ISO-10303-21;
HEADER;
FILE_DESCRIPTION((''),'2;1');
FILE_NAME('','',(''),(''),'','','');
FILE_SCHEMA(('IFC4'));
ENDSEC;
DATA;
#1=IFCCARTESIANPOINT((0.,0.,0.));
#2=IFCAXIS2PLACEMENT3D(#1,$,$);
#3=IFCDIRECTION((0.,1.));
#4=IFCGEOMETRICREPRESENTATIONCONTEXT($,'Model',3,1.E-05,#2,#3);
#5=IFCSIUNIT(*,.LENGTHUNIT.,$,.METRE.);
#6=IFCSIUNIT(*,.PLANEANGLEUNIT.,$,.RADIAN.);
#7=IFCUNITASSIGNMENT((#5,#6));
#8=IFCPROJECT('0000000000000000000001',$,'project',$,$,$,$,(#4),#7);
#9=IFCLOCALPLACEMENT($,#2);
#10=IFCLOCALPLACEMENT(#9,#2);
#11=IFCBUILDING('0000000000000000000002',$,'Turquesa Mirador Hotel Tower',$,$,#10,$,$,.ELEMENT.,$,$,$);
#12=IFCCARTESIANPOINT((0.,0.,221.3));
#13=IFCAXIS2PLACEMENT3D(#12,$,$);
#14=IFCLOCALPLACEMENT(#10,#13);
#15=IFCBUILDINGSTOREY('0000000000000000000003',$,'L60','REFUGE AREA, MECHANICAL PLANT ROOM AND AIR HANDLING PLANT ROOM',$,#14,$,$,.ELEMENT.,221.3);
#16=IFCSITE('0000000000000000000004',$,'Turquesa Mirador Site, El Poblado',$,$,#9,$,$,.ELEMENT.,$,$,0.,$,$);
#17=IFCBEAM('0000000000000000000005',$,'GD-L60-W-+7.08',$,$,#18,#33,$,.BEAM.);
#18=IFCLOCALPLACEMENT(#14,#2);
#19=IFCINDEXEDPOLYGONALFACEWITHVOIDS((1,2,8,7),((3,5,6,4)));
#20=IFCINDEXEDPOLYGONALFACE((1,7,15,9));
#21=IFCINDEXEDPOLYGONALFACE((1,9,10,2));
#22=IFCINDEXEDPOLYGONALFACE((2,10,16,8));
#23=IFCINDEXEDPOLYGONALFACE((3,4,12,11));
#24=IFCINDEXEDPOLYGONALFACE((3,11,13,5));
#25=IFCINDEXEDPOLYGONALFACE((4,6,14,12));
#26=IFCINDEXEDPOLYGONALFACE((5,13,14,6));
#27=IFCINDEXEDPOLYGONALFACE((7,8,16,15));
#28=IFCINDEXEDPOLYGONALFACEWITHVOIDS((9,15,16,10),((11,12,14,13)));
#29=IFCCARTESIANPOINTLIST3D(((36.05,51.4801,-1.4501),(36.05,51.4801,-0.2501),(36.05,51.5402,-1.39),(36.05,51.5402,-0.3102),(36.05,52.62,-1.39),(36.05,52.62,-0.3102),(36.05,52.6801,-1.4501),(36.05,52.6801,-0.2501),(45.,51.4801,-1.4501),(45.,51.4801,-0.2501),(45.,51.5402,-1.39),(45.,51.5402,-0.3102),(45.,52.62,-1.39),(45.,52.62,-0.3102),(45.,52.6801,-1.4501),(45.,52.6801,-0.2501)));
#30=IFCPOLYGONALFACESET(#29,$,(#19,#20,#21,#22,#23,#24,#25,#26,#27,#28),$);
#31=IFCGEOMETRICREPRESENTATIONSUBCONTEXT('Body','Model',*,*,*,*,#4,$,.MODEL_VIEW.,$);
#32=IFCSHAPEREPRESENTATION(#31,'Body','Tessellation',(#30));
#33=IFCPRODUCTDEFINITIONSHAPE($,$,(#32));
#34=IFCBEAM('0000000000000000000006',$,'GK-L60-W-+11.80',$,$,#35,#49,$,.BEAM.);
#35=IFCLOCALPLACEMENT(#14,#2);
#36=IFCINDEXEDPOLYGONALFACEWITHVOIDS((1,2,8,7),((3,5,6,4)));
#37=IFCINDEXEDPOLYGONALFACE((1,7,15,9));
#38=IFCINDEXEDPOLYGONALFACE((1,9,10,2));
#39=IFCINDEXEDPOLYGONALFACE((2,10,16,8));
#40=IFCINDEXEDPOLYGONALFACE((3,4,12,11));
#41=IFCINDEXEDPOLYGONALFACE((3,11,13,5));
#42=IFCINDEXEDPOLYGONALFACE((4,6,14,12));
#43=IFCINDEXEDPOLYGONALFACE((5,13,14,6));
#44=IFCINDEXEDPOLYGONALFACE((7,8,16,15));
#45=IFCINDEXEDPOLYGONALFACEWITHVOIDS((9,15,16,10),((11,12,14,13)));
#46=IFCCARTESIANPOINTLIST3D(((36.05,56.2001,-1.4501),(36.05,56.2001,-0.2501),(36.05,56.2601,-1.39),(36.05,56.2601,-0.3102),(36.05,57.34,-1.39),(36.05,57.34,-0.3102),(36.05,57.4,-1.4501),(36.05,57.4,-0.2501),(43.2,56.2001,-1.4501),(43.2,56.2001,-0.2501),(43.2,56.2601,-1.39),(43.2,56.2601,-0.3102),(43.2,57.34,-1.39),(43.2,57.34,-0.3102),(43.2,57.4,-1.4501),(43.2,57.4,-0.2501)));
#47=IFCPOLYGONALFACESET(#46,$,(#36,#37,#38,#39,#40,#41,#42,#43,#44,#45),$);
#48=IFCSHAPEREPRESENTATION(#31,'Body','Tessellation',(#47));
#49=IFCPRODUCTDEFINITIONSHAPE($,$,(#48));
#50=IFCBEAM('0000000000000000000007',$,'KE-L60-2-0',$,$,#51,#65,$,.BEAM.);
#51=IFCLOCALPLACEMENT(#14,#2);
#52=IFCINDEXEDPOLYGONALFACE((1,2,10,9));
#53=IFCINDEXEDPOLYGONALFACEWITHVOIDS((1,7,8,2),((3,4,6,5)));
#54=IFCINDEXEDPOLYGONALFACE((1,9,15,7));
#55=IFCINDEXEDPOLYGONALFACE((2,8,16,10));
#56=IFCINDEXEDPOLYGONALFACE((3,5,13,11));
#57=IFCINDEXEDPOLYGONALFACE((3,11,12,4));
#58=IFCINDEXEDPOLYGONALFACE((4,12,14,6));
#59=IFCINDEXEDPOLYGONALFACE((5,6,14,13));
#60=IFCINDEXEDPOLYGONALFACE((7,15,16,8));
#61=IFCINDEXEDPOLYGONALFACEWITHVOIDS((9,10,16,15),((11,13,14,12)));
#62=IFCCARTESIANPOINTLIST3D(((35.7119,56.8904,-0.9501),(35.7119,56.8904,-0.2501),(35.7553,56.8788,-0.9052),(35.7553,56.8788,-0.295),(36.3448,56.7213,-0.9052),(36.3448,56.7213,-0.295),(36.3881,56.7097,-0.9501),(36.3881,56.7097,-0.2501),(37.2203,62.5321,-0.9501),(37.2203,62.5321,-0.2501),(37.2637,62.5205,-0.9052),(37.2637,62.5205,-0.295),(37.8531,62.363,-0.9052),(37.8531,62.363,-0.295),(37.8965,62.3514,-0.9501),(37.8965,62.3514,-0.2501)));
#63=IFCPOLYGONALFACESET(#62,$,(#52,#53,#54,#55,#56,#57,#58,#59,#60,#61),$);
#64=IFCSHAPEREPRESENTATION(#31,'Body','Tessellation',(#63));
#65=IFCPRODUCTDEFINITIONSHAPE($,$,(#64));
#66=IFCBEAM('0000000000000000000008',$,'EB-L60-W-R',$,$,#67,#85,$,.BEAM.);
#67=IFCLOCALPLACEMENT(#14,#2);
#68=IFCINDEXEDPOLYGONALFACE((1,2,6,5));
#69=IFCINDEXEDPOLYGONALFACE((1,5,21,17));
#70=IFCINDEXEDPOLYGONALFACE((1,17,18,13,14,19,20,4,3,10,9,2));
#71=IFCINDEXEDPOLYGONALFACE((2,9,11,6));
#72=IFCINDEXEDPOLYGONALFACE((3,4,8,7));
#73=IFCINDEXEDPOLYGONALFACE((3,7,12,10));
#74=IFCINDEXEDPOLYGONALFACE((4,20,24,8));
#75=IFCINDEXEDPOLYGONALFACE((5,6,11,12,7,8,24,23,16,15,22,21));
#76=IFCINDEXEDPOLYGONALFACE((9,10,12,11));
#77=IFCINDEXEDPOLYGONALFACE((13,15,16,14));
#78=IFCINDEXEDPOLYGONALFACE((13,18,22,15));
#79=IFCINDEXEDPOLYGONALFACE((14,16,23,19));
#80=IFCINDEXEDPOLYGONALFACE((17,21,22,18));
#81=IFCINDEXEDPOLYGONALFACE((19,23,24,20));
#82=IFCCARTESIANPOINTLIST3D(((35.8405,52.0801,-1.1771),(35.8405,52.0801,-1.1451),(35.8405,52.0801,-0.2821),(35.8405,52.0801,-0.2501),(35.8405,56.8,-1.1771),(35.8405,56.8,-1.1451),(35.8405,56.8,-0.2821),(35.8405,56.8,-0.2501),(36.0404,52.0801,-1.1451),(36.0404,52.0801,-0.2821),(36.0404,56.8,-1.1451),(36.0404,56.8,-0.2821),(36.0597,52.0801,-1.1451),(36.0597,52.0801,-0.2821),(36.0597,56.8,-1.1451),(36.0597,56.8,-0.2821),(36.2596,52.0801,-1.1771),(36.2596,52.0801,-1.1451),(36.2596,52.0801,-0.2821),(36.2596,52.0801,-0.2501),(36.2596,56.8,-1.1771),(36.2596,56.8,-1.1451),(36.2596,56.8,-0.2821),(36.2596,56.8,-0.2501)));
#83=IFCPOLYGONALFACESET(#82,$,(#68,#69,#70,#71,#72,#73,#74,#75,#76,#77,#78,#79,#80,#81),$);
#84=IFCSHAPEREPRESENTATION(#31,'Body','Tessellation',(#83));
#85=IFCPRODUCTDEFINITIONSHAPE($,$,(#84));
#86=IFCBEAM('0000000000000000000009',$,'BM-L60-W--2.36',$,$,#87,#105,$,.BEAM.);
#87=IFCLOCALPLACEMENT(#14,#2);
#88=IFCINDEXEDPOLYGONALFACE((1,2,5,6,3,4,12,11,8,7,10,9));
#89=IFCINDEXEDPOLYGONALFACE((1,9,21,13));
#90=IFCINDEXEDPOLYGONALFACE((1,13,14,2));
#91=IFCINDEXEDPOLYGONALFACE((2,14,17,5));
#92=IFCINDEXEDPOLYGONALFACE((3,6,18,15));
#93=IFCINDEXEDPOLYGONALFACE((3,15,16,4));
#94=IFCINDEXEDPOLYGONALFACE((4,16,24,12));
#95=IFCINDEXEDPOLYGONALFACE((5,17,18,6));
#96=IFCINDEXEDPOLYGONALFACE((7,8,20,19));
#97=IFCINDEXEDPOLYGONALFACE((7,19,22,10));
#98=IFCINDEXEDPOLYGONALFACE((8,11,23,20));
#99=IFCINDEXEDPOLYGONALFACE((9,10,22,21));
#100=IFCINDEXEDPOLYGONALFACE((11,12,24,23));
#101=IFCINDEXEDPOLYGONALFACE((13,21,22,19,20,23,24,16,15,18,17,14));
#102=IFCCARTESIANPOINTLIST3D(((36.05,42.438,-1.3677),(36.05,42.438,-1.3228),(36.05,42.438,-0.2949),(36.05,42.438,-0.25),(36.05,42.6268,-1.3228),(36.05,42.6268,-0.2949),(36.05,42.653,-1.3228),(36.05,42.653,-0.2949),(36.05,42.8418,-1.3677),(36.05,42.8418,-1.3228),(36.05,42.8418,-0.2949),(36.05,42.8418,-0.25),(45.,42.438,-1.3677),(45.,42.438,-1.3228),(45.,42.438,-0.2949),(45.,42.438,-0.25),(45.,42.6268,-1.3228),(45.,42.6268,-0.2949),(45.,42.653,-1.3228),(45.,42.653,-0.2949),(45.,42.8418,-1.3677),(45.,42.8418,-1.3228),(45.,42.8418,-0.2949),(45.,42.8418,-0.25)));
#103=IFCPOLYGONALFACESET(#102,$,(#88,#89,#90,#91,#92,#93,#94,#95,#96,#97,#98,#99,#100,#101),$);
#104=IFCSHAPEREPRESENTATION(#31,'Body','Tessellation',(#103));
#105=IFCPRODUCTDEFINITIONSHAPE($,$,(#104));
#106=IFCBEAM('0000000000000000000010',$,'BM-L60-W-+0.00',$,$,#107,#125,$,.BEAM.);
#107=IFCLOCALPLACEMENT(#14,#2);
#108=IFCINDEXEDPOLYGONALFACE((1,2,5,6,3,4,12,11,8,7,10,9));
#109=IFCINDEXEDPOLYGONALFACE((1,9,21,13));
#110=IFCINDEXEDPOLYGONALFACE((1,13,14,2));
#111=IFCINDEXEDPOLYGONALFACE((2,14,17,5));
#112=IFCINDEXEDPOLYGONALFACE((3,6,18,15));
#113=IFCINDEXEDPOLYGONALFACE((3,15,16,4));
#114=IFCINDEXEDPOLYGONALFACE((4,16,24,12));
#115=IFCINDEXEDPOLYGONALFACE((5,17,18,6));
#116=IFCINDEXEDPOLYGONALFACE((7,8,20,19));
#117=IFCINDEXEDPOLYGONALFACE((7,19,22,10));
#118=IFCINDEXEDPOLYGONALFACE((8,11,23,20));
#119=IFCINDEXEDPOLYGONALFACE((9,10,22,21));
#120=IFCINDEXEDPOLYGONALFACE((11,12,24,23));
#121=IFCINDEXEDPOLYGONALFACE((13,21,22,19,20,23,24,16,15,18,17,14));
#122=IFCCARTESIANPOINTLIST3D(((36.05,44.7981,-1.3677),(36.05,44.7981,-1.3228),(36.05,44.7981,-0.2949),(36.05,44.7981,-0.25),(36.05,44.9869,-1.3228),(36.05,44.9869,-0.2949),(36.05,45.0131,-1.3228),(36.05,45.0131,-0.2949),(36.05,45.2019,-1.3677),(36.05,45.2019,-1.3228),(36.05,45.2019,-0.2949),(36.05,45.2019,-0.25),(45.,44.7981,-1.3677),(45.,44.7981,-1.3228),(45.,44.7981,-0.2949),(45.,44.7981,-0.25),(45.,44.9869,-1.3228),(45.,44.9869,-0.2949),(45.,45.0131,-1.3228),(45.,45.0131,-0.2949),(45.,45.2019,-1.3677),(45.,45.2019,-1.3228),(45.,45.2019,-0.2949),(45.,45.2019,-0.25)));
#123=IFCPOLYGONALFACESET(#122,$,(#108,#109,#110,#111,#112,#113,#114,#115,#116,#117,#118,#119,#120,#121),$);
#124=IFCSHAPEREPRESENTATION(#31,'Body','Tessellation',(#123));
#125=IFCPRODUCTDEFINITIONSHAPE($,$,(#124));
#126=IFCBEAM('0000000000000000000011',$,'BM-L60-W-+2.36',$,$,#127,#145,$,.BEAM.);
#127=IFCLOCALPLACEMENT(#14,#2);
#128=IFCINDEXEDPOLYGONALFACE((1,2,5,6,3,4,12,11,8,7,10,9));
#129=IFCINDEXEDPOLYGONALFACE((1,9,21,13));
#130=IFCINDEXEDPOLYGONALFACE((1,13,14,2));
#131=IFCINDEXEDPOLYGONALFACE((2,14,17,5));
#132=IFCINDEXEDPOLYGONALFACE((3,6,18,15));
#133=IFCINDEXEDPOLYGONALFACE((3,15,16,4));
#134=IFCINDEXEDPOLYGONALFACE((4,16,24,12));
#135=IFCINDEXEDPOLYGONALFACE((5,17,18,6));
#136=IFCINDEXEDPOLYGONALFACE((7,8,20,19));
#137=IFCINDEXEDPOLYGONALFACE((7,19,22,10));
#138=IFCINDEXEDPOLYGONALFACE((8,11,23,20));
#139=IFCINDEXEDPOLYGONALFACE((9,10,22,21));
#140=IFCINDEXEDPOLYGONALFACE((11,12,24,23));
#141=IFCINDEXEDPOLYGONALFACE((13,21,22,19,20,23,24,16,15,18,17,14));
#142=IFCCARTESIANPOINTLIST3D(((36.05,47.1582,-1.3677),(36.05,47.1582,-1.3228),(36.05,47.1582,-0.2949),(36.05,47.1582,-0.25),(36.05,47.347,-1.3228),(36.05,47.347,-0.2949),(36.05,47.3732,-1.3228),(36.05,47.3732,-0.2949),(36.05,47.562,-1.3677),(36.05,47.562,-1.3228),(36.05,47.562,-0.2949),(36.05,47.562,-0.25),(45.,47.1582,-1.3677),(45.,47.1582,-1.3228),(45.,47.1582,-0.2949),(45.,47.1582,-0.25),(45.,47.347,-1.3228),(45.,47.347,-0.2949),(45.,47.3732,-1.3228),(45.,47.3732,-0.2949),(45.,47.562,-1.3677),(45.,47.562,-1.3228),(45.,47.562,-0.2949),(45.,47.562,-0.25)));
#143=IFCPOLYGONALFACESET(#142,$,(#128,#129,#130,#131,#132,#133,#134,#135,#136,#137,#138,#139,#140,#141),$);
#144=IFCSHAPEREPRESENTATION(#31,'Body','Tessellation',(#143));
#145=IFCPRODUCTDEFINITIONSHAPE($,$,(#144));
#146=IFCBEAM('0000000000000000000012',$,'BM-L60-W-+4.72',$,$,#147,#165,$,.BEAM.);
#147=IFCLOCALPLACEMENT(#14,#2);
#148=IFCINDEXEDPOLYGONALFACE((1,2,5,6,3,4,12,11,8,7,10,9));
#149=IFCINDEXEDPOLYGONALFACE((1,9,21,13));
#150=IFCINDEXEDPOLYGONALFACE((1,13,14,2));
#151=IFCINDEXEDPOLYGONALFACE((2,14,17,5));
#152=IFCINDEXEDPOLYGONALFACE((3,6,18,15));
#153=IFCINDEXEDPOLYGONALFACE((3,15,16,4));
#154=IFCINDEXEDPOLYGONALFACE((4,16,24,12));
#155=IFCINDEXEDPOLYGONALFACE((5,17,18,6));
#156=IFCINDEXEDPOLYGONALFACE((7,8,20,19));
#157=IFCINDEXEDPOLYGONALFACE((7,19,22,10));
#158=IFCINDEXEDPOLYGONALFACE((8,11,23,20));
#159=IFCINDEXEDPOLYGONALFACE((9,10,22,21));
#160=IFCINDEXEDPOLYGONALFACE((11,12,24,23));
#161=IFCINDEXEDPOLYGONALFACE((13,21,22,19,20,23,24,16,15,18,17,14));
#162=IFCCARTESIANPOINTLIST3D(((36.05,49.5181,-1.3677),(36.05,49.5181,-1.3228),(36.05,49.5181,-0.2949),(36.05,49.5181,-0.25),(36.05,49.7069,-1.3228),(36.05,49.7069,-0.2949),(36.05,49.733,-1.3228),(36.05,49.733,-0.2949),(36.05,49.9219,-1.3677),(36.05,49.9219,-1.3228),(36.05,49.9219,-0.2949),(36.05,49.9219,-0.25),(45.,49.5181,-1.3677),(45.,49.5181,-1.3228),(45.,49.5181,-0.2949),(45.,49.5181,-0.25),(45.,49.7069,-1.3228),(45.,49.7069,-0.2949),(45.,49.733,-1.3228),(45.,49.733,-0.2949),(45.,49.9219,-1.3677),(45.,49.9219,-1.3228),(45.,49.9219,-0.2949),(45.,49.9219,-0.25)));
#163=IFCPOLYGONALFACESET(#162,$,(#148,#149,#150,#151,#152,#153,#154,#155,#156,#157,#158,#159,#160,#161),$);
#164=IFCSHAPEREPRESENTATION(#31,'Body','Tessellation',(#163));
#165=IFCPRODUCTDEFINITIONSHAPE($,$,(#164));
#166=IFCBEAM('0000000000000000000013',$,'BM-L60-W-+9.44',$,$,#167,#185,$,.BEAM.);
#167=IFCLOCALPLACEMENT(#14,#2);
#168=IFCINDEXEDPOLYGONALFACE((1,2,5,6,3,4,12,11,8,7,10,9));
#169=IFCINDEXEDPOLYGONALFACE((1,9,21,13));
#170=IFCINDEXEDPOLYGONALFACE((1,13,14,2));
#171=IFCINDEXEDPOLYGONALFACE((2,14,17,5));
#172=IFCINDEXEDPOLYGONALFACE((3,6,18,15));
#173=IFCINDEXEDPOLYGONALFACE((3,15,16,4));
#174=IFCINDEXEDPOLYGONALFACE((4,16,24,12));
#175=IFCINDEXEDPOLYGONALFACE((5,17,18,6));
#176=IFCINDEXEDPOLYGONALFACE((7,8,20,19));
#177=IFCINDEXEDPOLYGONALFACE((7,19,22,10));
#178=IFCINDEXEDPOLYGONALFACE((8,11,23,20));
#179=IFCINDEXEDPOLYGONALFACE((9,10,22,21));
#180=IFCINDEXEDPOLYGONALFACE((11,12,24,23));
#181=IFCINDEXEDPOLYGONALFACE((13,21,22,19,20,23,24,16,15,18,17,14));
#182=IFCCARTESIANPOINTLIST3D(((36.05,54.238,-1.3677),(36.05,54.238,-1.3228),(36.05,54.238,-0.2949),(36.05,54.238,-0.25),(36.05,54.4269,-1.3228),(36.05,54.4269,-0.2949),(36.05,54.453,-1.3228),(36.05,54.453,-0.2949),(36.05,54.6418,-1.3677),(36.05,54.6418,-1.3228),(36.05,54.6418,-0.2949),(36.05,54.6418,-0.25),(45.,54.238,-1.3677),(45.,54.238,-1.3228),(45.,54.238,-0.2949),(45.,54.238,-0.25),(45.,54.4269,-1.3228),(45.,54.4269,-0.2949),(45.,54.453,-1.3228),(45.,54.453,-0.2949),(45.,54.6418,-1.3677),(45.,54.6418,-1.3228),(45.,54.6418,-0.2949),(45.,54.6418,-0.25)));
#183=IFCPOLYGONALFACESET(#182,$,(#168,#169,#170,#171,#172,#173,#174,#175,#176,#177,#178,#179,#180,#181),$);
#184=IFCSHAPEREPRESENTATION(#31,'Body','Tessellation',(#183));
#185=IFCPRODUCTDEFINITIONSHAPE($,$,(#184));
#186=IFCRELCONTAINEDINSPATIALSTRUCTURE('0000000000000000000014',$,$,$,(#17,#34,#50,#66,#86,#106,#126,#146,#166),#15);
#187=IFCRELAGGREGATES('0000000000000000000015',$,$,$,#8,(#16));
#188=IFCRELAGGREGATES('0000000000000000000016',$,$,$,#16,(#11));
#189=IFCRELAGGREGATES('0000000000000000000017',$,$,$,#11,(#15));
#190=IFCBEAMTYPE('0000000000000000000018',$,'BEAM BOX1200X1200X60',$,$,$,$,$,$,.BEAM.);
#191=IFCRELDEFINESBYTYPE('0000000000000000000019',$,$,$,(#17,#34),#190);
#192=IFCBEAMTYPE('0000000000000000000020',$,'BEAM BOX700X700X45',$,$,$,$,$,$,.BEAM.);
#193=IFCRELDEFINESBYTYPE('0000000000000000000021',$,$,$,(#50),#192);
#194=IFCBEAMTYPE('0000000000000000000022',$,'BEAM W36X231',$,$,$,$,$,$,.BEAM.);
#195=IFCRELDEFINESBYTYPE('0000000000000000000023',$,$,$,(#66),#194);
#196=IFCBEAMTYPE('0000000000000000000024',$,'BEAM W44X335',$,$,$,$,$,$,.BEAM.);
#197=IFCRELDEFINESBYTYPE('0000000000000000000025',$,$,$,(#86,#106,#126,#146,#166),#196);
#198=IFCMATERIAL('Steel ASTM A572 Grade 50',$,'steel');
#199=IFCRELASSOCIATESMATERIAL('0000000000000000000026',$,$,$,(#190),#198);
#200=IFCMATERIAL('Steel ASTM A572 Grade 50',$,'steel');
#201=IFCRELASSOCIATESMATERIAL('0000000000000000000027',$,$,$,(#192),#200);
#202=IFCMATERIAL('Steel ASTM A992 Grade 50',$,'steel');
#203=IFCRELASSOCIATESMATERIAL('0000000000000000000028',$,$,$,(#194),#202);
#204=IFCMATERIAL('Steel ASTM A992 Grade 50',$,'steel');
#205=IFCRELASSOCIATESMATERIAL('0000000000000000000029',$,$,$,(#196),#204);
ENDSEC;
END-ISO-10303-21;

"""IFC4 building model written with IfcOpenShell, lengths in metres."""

from ifc_helpers import new_model, si_unit, direction, frame, origin, origin_2d, place, context, subcontext, project, spatial, hollow_rectangle, i_section, extrude, material, material_profile, profile_set, type_object, element, save


model = new_model("IFC4")

# Units and contexts
model_context = context("Model", 3, precision=1e-05, world=origin(), true_north=direction((0.0, 1.0)))
body_context = subcontext(model_context, "Body", "Model", "MODEL_VIEW")
ifc_project = project(units=[si_unit("LENGTHUNIT", "METRE"), si_unit("PLANEANGLEUNIT", "RADIAN")], contexts=[model_context])

# Site, building, storey
site_placement = place(None, origin())
site = spatial("IfcSite", under=ifc_project, at=site_placement, Name="Turquesa Mirador Site, El Poblado", CompositionType="ELEMENT", RefElevation=0.0)
building_placement = place(site_placement, origin())
building = spatial("IfcBuilding", under=site, at=building_placement, Name="Turquesa Mirador Hotel Tower", CompositionType="ELEMENT")
storey_placement = place(building_placement, frame((0.0, 0.0, 221.3)))
storey = spatial("IfcBuildingStorey", under=building, at=storey_placement, Name="L60", Description="REFUGE AREA, MECHANICAL PLANT ROOM AND AIR HANDLING PLANT ROOM", CompositionType="ELEMENT", Elevation=221.3)

# Beams
ifc_material_1 = material(Name="Steel ASTM A572 Grade 50", Category="steel")
ifc_material_profile_1 = material_profile(ifc_material_1, hollow_rectangle(XDim=1.2, YDim=1.2, WallThickness=0.0601, at=origin_2d()), Name="BOX1200X1200X60")
ifc_profile_set_1 = profile_set([ifc_material_profile_1], Name="Steel ASTM A572 Grade 50")
beam_type_1 = type_object("IfcBeamType", Name="BEAM BOX1200X1200X60", PredefinedType="BEAM", material=ifc_profile_set_1)
beam_1_placement = place(storey_placement, frame((36.05, 52.0801, -0.8501), z_axis=(1.0, 0.0, 0.0), x_axis=(0.0, 1.0, 0.0)))
element("IfcBeam", 1, at=beam_1_placement, inside=storey, type_object=beam_type_1, Name="GD-L60-W-+7.08", PredefinedType="BEAM", context=body_context, shape_type="SweptSolid", body=[
    extrude(hollow_rectangle(XDim=1.2, YDim=1.2, WallThickness=0.0601, at=origin_2d()), origin(), (0.0, 0.0, 1.0), 8.95),
])
beam_2_placement = place(storey_placement, frame((36.05, 56.8, -0.8501), z_axis=(1.0, 0.0, 0.0), x_axis=(0.0, 1.0, 0.0)))
element("IfcBeam", 2, at=beam_2_placement, inside=storey, type_object=beam_type_1, Name="GK-L60-W-+11.80", PredefinedType="BEAM", context=body_context, shape_type="SweptSolid", body=[
    extrude(hollow_rectangle(XDim=1.2, YDim=1.2, WallThickness=0.0601, at=origin_2d()), origin(), (0.0, 0.0, 1.0), 7.1499),
])
ifc_material_2 = material(Name="Steel ASTM A572 Grade 50", Category="steel")
ifc_material_profile_2 = material_profile(ifc_material_2, hollow_rectangle(XDim=0.7, YDim=0.7, WallThickness=0.0449, at=origin_2d()), Name="BOX700X700X45")
ifc_profile_set_2 = profile_set([ifc_material_profile_2], Name="Steel ASTM A572 Grade 50")
beam_type_2 = type_object("IfcBeamType", Name="BEAM BOX700X700X45", PredefinedType="BEAM", material=ifc_profile_set_2)
beam_3_placement = place(storey_placement, frame((36.05, 56.8, -0.6001), z_axis=(0.258282, 0.96607, 0.0), x_axis=(-0.96607, 0.258282, 0.0)))
element("IfcBeam", 3, at=beam_3_placement, inside=storey, type_object=beam_type_2, Name="KE-L60-2-0", PredefinedType="BEAM", context=body_context, shape_type="SweptSolid", body=[
    extrude(hollow_rectangle(XDim=0.7, YDim=0.7, WallThickness=0.0449, at=origin_2d()), origin(), (0.0, 0.0, 1.0), 5.8398),
])
ifc_material_3 = material(Name="Steel ASTM A992 Grade 50", Category="steel")
ifc_material_profile_3 = material_profile(ifc_material_3, i_section(OverallWidth=0.4192, OverallDepth=0.927, WebThickness=0.0193, FlangeThickness=0.032, at=origin_2d()), Name="W36X231")
ifc_profile_set_3 = profile_set([ifc_material_profile_3], Name="Steel ASTM A992 Grade 50")
beam_type_3 = type_object("IfcBeamType", Name="BEAM W36X231", PredefinedType="BEAM", material=ifc_profile_set_3)
beam_4_placement = place(storey_placement, frame((36.05, 52.0801, -0.7136), z_axis=(0.0, 1.0, 0.0), x_axis=(-1.0, 0.0, 0.0)))
element("IfcBeam", 4, at=beam_4_placement, inside=storey, type_object=beam_type_3, Name="EB-L60-W-R", PredefinedType="BEAM", context=body_context, shape_type="SweptSolid", body=[
    extrude(i_section(OverallWidth=0.4192, OverallDepth=0.927, WebThickness=0.0193, FlangeThickness=0.032, at=origin_2d()), origin(), (0.0, 0.0, 1.0), 4.72),
])
ifc_material_4 = material(Name="Steel ASTM A992 Grade 50", Category="steel")
ifc_material_profile_4 = material_profile(ifc_material_4, i_section(OverallWidth=0.4038, OverallDepth=1.1177, WebThickness=0.0261, FlangeThickness=0.0449, at=origin_2d()), Name="W44X335")
ifc_profile_set_4 = profile_set([ifc_material_profile_4], Name="Steel ASTM A992 Grade 50")
beam_type_4 = type_object("IfcBeamType", Name="BEAM W44X335", PredefinedType="BEAM", material=ifc_profile_set_4)
for number, where, z_axis, x_axis, name in (
    (5, (36.05, 42.6399, -0.8088), (1.0, 0.0, 0.0), (0.0, 1.0, 0.0), "BM-L60-W--2.36"),
    (6, (36.05, 45.0, -0.8088), (1.0, 0.0, 0.0), (0.0, 1.0, 0.0), "BM-L60-W-+0.00"),
    (7, (36.05, 47.3601, -0.8088), (1.0, 0.0, 0.0), (0.0, 1.0, 0.0), "BM-L60-W-+2.36"),
    (8, (36.05, 49.72, -0.8088), (1.0, 0.0, 0.0), (0.0, 1.0, 0.0), "BM-L60-W-+4.72"),
    (9, (36.05, 54.4399, -0.8088), (1.0, 0.0, 0.0), (0.0, 1.0, 0.0), "BM-L60-W-+9.44"),
):
    element("IfcBeam", number, at=place(storey_placement, frame(where, z_axis=z_axis, x_axis=x_axis)), inside=storey, type_object=beam_type_4, Name=name, PredefinedType="BEAM", context=body_context, shape_type="SweptSolid", body=[
        extrude(i_section(OverallWidth=0.4038, OverallDepth=1.1177, WebThickness=0.0261, FlangeThickness=0.0449, at=origin_2d()), origin(), (0.0, 0.0, 1.0), 8.95),
    ])

save(model, "model.ifc")
